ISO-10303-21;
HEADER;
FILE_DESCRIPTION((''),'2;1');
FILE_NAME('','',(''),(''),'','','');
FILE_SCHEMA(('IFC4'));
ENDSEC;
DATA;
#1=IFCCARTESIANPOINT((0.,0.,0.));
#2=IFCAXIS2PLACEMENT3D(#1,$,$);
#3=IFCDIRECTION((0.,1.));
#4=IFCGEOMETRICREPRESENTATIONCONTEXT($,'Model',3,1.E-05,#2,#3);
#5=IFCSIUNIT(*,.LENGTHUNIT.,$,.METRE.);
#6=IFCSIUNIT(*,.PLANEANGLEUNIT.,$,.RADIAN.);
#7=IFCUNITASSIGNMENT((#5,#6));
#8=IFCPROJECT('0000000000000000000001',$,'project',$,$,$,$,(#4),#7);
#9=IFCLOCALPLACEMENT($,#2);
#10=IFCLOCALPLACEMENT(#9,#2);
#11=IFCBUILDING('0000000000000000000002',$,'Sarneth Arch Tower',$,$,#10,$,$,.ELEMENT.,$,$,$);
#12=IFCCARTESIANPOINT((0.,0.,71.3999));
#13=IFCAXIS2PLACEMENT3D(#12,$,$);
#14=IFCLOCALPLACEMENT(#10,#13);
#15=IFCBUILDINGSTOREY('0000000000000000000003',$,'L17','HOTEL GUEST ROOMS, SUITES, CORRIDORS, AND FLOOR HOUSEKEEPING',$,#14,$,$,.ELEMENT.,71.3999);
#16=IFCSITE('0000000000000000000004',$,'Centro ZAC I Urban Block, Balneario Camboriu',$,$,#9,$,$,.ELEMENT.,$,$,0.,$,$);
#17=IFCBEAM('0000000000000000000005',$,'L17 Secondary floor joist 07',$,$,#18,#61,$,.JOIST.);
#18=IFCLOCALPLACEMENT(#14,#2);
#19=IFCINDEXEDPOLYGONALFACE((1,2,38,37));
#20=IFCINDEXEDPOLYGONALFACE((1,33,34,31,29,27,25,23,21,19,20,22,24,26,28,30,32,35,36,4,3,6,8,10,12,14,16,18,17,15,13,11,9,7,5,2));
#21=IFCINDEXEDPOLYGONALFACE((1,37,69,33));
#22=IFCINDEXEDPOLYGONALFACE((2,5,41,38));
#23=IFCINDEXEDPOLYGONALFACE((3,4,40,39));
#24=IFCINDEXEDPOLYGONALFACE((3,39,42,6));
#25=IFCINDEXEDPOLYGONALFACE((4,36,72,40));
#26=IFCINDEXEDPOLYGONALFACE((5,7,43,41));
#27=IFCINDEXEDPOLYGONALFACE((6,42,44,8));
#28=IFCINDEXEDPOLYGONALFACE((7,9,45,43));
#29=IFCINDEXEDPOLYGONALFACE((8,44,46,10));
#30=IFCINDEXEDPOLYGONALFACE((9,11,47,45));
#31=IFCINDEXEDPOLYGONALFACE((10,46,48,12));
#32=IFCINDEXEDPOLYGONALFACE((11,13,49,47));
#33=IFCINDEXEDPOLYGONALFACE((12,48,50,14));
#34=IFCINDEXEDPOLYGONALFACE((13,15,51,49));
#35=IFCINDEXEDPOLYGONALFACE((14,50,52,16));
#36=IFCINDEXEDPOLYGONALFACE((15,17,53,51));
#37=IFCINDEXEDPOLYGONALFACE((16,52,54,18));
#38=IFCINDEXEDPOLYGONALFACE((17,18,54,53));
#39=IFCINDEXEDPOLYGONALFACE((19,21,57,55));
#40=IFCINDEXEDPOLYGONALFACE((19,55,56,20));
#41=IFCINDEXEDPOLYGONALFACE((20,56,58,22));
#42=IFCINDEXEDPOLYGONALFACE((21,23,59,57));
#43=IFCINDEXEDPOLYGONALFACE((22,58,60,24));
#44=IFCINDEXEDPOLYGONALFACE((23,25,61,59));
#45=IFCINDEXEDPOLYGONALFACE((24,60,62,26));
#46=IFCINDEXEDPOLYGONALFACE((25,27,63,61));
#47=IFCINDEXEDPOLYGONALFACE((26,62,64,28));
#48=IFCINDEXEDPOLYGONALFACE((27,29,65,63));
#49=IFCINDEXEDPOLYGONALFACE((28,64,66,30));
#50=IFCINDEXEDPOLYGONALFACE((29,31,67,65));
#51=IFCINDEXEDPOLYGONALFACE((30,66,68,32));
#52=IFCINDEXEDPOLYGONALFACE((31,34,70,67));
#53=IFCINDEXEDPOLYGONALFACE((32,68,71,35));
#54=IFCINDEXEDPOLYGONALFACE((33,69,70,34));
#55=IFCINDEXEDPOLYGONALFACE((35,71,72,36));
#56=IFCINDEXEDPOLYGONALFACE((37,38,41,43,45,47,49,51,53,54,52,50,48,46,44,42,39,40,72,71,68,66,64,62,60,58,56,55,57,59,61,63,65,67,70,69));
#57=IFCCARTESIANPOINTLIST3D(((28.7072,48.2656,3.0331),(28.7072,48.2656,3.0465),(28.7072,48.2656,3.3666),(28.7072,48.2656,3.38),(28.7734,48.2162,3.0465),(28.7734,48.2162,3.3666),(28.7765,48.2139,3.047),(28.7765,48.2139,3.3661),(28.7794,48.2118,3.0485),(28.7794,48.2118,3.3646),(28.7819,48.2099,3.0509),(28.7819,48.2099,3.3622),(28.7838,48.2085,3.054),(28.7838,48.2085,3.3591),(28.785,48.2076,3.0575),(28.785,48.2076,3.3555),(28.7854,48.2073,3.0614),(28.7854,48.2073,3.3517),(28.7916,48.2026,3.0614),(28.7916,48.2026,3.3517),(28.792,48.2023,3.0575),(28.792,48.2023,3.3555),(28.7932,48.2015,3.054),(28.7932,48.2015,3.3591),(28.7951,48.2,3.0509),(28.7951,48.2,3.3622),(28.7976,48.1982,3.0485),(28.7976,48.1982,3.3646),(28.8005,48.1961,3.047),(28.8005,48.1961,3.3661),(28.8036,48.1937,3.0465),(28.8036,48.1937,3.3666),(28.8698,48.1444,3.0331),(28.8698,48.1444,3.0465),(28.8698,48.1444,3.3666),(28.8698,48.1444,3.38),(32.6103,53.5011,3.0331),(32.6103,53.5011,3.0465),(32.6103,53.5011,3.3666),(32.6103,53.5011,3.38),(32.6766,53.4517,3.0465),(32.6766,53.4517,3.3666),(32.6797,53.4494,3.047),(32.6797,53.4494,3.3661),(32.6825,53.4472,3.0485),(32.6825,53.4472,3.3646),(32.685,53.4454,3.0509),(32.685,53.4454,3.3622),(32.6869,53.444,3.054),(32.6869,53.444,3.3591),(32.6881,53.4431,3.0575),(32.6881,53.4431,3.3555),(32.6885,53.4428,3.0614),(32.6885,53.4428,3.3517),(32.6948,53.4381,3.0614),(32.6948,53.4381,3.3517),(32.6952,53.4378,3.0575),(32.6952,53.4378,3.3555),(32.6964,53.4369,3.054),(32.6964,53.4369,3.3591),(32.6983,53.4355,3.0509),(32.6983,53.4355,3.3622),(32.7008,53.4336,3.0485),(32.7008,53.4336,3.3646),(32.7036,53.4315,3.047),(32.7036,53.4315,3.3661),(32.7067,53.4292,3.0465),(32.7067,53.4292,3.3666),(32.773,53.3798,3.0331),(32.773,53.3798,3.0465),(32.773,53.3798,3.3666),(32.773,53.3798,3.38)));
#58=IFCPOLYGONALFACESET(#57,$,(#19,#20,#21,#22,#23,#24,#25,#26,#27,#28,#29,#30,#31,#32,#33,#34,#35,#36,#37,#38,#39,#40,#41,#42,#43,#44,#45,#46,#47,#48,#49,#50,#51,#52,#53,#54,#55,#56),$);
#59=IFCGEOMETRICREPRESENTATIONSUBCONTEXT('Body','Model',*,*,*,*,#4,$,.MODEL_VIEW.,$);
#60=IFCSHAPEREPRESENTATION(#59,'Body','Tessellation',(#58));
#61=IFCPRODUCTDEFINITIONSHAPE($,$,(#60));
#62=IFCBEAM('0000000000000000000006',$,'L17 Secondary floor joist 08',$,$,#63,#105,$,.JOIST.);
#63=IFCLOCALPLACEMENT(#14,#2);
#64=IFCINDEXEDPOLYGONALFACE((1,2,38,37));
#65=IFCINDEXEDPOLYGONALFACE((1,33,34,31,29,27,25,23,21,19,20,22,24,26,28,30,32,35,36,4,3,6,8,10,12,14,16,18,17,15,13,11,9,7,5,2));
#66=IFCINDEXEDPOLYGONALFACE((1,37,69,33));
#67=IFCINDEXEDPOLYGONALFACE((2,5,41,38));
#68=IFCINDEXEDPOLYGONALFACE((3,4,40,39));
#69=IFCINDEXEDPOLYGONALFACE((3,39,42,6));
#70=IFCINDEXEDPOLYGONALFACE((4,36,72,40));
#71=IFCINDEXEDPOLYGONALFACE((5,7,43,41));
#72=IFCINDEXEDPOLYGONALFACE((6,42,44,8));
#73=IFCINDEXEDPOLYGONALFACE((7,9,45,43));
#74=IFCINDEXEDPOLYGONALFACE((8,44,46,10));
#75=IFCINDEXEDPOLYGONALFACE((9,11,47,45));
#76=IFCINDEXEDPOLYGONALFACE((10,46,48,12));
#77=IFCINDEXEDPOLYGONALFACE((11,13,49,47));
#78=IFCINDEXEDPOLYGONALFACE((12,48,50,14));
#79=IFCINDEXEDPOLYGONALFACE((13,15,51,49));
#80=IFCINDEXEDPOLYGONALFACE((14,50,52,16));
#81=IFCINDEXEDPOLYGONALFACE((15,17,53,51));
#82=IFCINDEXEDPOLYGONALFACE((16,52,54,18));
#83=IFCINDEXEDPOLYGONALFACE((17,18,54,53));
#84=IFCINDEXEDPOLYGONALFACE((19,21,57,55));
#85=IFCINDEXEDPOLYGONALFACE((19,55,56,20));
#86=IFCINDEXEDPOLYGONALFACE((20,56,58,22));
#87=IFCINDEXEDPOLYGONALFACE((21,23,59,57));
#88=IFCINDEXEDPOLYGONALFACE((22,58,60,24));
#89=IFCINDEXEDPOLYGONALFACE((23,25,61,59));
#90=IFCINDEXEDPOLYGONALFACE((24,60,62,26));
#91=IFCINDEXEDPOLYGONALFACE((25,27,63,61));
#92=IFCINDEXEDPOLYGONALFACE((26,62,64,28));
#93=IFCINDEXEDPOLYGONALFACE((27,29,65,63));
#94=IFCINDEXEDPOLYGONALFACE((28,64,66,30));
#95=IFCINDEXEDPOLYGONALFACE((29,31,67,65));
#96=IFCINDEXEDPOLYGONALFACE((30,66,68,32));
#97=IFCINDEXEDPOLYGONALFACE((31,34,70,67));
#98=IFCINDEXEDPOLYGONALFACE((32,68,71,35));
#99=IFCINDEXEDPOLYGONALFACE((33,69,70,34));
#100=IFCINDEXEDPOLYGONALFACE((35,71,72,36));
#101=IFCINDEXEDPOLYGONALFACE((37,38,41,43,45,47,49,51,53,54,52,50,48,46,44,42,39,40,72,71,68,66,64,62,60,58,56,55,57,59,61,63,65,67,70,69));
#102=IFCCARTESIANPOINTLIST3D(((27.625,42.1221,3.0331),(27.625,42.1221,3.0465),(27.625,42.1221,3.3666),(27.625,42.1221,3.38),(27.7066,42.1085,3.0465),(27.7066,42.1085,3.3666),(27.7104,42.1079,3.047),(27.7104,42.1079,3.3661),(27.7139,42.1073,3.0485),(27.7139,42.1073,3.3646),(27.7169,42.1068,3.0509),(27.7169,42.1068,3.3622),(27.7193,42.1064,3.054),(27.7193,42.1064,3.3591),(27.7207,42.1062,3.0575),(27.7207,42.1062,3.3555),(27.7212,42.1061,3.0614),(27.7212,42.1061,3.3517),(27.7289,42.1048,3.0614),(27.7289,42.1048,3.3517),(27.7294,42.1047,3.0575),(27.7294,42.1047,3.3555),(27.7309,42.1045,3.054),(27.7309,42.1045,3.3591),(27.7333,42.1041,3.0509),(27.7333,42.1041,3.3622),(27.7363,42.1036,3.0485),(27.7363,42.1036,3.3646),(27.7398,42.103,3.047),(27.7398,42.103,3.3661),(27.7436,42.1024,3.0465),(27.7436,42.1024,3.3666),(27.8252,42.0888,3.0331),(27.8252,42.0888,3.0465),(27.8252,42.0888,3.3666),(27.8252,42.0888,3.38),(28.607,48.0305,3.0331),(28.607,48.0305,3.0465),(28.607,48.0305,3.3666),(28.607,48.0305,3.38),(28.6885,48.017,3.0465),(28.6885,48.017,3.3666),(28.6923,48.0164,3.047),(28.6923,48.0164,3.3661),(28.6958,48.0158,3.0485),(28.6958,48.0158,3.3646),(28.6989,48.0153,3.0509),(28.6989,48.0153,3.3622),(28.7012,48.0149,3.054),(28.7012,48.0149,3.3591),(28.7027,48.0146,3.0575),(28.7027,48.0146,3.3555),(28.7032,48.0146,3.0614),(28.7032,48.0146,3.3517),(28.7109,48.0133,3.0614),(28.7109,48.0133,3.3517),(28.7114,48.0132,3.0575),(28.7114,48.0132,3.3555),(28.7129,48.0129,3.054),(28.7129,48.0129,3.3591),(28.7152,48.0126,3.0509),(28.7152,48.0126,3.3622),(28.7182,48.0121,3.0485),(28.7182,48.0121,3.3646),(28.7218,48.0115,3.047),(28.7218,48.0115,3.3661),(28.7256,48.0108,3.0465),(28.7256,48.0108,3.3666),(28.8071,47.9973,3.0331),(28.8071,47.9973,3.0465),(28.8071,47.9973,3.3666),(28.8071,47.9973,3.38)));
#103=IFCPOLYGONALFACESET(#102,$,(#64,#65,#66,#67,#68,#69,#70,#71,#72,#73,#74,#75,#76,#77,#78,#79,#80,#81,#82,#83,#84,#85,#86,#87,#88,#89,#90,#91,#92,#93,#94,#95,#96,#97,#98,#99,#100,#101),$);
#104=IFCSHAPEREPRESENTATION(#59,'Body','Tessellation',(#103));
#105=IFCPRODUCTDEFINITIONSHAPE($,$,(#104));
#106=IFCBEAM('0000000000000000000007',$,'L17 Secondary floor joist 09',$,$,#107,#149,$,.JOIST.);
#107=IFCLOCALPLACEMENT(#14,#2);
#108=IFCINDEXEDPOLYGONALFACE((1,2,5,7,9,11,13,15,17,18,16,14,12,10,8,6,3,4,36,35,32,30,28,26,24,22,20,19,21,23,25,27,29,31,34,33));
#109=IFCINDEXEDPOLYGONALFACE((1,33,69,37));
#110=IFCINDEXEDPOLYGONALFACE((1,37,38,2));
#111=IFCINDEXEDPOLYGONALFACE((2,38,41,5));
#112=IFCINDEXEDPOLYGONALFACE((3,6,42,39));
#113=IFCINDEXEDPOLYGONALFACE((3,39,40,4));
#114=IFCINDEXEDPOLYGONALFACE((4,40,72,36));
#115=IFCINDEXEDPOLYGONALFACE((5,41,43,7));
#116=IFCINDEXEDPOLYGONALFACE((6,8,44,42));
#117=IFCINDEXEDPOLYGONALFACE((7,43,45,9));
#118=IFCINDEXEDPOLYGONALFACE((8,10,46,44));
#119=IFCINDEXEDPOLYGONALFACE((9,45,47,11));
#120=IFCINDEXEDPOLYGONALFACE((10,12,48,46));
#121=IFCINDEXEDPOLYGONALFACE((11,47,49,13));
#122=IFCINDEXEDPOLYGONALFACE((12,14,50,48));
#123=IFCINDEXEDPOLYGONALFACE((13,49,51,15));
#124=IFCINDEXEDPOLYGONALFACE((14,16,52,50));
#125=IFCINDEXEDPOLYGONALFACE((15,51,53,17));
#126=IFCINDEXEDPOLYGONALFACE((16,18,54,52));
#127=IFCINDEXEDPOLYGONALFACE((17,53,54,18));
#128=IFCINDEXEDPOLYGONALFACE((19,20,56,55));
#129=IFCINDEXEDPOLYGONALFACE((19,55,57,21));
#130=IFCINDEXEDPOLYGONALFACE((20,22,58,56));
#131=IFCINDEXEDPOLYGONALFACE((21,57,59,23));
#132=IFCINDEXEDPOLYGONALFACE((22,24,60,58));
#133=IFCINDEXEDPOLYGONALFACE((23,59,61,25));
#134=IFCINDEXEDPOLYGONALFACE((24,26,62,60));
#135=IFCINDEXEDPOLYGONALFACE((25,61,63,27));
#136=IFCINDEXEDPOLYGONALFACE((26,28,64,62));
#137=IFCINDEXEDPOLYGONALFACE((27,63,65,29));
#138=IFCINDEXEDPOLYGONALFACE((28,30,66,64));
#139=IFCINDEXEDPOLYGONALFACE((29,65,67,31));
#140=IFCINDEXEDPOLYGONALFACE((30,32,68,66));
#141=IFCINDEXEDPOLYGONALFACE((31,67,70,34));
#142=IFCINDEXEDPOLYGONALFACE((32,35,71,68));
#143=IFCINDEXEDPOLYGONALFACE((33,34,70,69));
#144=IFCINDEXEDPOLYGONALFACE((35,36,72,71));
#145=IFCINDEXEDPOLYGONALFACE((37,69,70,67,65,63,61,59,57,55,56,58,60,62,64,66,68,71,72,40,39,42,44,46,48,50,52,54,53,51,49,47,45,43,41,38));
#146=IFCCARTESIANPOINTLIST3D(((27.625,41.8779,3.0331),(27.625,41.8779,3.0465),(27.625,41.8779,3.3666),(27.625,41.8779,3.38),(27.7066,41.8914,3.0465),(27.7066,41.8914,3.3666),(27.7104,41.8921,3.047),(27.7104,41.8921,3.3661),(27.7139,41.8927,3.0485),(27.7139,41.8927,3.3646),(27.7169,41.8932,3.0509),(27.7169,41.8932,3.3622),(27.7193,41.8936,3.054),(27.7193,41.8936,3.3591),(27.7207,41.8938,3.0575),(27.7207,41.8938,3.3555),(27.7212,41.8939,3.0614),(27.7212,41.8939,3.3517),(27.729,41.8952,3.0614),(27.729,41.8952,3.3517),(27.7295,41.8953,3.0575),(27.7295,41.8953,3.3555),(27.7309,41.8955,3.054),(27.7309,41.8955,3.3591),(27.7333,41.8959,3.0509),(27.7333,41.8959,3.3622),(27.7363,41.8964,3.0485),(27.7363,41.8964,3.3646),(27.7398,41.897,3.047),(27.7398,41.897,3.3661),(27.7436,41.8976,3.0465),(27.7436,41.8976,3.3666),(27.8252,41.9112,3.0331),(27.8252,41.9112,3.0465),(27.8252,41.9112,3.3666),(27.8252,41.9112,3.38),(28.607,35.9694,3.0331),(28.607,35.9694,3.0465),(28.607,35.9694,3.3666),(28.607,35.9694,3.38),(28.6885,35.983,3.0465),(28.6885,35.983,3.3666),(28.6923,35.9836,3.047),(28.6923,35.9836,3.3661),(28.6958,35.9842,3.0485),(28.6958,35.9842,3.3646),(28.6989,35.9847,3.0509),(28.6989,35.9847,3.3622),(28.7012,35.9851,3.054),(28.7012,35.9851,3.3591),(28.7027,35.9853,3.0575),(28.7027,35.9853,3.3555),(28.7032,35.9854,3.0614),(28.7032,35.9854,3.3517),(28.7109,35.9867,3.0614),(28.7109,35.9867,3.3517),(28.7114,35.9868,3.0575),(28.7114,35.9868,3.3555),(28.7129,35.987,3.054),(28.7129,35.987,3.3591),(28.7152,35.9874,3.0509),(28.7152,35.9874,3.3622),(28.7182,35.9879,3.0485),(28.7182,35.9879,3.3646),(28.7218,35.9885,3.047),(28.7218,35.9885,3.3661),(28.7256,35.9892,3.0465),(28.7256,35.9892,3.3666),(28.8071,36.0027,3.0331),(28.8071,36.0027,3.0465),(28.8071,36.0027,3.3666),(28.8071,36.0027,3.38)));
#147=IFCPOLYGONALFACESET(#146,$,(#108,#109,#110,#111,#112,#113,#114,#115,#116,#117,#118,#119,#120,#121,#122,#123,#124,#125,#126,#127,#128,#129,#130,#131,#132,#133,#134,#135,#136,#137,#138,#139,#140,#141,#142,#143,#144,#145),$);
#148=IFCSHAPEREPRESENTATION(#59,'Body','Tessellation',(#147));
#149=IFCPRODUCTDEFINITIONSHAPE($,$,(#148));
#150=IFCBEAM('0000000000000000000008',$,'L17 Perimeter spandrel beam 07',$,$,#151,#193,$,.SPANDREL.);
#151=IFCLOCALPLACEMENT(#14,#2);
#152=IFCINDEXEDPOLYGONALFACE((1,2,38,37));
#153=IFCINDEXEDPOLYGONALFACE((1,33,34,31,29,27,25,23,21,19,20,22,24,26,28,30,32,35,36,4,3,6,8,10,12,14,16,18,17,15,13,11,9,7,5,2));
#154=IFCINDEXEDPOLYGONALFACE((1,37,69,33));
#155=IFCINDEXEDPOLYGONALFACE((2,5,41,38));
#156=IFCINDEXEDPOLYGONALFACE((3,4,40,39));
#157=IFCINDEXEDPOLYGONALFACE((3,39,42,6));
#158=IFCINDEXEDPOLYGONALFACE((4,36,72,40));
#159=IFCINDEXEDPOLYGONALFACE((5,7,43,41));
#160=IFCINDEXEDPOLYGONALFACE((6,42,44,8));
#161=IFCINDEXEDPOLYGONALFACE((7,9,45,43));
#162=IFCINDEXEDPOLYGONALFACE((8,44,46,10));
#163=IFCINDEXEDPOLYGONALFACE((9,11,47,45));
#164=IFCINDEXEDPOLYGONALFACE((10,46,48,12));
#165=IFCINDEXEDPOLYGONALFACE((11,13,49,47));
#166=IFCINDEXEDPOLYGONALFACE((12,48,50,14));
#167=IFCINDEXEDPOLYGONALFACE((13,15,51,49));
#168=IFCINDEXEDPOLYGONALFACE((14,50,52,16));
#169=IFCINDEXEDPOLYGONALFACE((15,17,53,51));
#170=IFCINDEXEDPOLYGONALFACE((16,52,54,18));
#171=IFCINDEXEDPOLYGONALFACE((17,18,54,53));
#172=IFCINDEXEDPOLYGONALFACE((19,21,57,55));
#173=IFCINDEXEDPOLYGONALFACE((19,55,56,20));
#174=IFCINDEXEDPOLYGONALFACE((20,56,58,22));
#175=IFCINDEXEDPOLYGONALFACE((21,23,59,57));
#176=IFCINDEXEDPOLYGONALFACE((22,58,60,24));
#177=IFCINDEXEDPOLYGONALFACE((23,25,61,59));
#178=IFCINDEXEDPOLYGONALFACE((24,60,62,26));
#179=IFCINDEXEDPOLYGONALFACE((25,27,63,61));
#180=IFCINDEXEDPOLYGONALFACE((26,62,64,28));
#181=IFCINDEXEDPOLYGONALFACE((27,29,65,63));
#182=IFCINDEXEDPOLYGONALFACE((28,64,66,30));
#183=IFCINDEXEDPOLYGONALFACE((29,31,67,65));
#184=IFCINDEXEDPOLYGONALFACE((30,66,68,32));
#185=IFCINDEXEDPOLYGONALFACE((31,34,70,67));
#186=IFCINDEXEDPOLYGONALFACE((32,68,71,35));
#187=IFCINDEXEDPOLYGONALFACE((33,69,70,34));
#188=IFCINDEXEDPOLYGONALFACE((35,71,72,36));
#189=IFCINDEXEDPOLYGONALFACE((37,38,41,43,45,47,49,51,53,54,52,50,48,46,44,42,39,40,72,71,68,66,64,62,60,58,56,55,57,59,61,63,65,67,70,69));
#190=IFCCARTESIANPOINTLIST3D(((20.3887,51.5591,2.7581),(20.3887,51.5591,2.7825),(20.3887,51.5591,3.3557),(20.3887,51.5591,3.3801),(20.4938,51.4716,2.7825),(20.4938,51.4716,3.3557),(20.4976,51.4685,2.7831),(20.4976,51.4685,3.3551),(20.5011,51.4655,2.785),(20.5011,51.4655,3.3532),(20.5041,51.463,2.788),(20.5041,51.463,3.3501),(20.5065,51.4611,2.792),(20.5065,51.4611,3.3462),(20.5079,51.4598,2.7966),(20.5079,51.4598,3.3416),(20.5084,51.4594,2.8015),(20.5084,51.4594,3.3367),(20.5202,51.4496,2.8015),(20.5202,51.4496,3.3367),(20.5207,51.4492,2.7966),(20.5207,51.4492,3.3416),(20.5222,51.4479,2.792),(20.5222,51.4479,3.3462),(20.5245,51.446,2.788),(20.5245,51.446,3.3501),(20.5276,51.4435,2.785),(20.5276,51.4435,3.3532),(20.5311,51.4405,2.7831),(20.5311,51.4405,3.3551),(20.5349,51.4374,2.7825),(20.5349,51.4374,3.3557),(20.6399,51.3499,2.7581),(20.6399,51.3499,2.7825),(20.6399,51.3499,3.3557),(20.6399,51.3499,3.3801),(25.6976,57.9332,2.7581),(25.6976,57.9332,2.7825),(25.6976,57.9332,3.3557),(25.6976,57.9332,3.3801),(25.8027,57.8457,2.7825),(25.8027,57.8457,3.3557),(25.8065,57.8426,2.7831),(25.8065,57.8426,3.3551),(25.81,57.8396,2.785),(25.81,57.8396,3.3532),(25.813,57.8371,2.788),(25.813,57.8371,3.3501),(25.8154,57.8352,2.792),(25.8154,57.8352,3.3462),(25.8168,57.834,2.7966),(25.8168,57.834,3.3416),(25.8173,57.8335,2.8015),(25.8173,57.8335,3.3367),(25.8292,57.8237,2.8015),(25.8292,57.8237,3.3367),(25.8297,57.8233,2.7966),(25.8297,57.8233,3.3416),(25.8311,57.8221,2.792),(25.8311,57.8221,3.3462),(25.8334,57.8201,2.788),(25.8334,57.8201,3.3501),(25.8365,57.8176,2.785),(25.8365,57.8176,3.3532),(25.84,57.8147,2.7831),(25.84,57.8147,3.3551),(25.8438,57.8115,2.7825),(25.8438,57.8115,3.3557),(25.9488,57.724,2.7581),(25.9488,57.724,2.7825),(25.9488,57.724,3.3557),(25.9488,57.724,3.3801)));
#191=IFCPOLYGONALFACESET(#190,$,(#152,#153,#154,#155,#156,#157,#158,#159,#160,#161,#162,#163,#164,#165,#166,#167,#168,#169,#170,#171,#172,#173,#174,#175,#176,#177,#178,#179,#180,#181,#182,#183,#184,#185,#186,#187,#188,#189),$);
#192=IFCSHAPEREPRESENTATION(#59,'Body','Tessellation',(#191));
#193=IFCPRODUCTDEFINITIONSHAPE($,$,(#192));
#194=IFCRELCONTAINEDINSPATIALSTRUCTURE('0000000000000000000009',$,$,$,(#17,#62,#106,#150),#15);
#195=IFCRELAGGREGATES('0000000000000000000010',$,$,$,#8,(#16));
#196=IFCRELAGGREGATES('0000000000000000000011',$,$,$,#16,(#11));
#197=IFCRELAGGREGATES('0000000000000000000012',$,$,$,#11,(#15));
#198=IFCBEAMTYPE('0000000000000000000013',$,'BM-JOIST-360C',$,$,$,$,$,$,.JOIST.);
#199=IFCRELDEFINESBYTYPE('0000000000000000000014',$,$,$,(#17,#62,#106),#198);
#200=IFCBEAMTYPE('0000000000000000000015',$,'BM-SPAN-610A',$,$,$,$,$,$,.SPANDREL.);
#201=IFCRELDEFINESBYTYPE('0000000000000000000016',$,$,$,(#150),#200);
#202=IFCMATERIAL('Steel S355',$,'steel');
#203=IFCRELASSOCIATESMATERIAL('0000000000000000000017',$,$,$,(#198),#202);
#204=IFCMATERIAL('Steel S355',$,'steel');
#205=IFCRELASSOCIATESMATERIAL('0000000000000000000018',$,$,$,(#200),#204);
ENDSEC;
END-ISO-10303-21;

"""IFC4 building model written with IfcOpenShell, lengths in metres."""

from ifc_helpers import new_model, si_unit, direction, frame, origin, origin_2d, place, context, subcontext, project, spatial, i_section, extrude, material, material_profile, profile_set, type_object, element, save


model = new_model("IFC4")

# Units and contexts
model_context = context("Model", 3, precision=1e-05, world=origin(), true_north=direction((0.0, 1.0)))
body_context = subcontext(model_context, "Body", "Model", "MODEL_VIEW")
ifc_project = project(units=[si_unit("LENGTHUNIT", "METRE"), si_unit("PLANEANGLEUNIT", "RADIAN")], contexts=[model_context])

# Site, building, storey
site_placement = place(None, origin())
site = spatial("IfcSite", under=ifc_project, at=site_placement, Name="Centro ZAC I Urban Block, Balneario Camboriu", CompositionType="ELEMENT", RefElevation=0.0)
building_placement = place(site_placement, origin())
building = spatial("IfcBuilding", under=site, at=building_placement, Name="Sarneth Arch Tower", CompositionType="ELEMENT")
storey_placement = place(building_placement, frame((0.0, 0.0, 71.3999)))
storey = spatial("IfcBuildingStorey", under=building, at=storey_placement, Name="L17", Description="HOTEL GUEST ROOMS, SUITES, CORRIDORS, AND FLOOR HOUSEKEEPING", CompositionType="ELEMENT", Elevation=71.3999)

# Beams
ifc_material_1 = material(Name="Steel S355", Category="steel")
ifc_material_profile_1 = material_profile(ifc_material_1, i_section(OverallWidth=0.2029, OverallDepth=0.3469, WebThickness=0.0078, FlangeThickness=0.0134, FilletRadius=0.0149, at=origin_2d()), Name="W360x64")
ifc_profile_set_1 = profile_set([ifc_material_profile_1], Name="Steel S355")
beam_type_1 = type_object("IfcBeamType", Name="BM-JOIST-360C", PredefinedType="JOIST", material=ifc_profile_set_1)
beam_1_placement = place(storey_placement, frame((32.6917, 53.4404, 3.2065), z_axis=(-0.5977, -0.801719, 0.0), x_axis=(0.801719, -0.5977, 0.0)))
element("IfcBeam", 1, at=beam_1_placement, inside=storey, type_object=beam_type_1, Name="L17 Secondary floor joist 07", PredefinedType="JOIST", context=body_context, shape_type="SweptSolid", body=[
    extrude(i_section(OverallWidth=0.2029, OverallDepth=0.3469, WebThickness=0.0078, FlangeThickness=0.0134, FilletRadius=0.0149, at=origin_2d()), origin(), (0.0, 0.0, 1.0), 6.5303),
])
for number, where, z_axis, x_axis, name in (
    (2, (28.707, 48.0139, 3.2065), (-0.163943, -0.98647, 0.0), (0.98647, -0.163943, 0.0), "L17 Secondary floor joist 08"),
    (3, (27.7251, 41.8945, 3.2065), (0.163943, -0.98647, 0.0), (0.98647, 0.163943, 0.0), "L17 Secondary floor joist 09"),
):
    element("IfcBeam", number, at=place(storey_placement, frame(where, z_axis=z_axis, x_axis=x_axis)), inside=storey, type_object=beam_type_1, Name=name, PredefinedType="JOIST", context=body_context, shape_type="SweptSolid", body=[
        extrude(i_section(OverallWidth=0.2029, OverallDepth=0.3469, WebThickness=0.0078, FlangeThickness=0.0134, FilletRadius=0.0149, at=origin_2d()), origin(), (0.0, 0.0, 1.0), 5.9895),
    ])
ifc_material_2 = material(Name="Steel S355", Category="steel")
ifc_material_profile_2 = material_profile(ifc_material_2, i_section(OverallWidth=0.3269, OverallDepth=0.6221, WebThickness=0.0154, FlangeThickness=0.0244, FilletRadius=0.019, at=origin_2d()), Name="W610x195")
ifc_profile_set_2 = profile_set([ifc_material_profile_2], Name="Steel S355")
beam_type_2 = type_object("IfcBeamType", Name="BM-SPAN-610A", PredefinedType="SPANDREL", material=ifc_profile_set_2)
beam_2_placement = place(storey_placement, frame((25.8232, 57.8286, 3.0691), z_axis=(-0.639982, -0.76839, 0.0), x_axis=(0.76839, -0.639982, 0.0)))
element("IfcBeam", 4, at=beam_2_placement, inside=storey, type_object=beam_type_2, Name="L17 Perimeter spandrel beam 07", PredefinedType="SPANDREL", context=body_context, shape_type="SweptSolid", body=[
    extrude(i_section(OverallWidth=0.3269, OverallDepth=0.6221, WebThickness=0.0154, FlangeThickness=0.0244, FilletRadius=0.019, at=origin_2d()), origin(), (0.0, 0.0, 1.0), 8.2954),
])

save(model, "model.ifc")
